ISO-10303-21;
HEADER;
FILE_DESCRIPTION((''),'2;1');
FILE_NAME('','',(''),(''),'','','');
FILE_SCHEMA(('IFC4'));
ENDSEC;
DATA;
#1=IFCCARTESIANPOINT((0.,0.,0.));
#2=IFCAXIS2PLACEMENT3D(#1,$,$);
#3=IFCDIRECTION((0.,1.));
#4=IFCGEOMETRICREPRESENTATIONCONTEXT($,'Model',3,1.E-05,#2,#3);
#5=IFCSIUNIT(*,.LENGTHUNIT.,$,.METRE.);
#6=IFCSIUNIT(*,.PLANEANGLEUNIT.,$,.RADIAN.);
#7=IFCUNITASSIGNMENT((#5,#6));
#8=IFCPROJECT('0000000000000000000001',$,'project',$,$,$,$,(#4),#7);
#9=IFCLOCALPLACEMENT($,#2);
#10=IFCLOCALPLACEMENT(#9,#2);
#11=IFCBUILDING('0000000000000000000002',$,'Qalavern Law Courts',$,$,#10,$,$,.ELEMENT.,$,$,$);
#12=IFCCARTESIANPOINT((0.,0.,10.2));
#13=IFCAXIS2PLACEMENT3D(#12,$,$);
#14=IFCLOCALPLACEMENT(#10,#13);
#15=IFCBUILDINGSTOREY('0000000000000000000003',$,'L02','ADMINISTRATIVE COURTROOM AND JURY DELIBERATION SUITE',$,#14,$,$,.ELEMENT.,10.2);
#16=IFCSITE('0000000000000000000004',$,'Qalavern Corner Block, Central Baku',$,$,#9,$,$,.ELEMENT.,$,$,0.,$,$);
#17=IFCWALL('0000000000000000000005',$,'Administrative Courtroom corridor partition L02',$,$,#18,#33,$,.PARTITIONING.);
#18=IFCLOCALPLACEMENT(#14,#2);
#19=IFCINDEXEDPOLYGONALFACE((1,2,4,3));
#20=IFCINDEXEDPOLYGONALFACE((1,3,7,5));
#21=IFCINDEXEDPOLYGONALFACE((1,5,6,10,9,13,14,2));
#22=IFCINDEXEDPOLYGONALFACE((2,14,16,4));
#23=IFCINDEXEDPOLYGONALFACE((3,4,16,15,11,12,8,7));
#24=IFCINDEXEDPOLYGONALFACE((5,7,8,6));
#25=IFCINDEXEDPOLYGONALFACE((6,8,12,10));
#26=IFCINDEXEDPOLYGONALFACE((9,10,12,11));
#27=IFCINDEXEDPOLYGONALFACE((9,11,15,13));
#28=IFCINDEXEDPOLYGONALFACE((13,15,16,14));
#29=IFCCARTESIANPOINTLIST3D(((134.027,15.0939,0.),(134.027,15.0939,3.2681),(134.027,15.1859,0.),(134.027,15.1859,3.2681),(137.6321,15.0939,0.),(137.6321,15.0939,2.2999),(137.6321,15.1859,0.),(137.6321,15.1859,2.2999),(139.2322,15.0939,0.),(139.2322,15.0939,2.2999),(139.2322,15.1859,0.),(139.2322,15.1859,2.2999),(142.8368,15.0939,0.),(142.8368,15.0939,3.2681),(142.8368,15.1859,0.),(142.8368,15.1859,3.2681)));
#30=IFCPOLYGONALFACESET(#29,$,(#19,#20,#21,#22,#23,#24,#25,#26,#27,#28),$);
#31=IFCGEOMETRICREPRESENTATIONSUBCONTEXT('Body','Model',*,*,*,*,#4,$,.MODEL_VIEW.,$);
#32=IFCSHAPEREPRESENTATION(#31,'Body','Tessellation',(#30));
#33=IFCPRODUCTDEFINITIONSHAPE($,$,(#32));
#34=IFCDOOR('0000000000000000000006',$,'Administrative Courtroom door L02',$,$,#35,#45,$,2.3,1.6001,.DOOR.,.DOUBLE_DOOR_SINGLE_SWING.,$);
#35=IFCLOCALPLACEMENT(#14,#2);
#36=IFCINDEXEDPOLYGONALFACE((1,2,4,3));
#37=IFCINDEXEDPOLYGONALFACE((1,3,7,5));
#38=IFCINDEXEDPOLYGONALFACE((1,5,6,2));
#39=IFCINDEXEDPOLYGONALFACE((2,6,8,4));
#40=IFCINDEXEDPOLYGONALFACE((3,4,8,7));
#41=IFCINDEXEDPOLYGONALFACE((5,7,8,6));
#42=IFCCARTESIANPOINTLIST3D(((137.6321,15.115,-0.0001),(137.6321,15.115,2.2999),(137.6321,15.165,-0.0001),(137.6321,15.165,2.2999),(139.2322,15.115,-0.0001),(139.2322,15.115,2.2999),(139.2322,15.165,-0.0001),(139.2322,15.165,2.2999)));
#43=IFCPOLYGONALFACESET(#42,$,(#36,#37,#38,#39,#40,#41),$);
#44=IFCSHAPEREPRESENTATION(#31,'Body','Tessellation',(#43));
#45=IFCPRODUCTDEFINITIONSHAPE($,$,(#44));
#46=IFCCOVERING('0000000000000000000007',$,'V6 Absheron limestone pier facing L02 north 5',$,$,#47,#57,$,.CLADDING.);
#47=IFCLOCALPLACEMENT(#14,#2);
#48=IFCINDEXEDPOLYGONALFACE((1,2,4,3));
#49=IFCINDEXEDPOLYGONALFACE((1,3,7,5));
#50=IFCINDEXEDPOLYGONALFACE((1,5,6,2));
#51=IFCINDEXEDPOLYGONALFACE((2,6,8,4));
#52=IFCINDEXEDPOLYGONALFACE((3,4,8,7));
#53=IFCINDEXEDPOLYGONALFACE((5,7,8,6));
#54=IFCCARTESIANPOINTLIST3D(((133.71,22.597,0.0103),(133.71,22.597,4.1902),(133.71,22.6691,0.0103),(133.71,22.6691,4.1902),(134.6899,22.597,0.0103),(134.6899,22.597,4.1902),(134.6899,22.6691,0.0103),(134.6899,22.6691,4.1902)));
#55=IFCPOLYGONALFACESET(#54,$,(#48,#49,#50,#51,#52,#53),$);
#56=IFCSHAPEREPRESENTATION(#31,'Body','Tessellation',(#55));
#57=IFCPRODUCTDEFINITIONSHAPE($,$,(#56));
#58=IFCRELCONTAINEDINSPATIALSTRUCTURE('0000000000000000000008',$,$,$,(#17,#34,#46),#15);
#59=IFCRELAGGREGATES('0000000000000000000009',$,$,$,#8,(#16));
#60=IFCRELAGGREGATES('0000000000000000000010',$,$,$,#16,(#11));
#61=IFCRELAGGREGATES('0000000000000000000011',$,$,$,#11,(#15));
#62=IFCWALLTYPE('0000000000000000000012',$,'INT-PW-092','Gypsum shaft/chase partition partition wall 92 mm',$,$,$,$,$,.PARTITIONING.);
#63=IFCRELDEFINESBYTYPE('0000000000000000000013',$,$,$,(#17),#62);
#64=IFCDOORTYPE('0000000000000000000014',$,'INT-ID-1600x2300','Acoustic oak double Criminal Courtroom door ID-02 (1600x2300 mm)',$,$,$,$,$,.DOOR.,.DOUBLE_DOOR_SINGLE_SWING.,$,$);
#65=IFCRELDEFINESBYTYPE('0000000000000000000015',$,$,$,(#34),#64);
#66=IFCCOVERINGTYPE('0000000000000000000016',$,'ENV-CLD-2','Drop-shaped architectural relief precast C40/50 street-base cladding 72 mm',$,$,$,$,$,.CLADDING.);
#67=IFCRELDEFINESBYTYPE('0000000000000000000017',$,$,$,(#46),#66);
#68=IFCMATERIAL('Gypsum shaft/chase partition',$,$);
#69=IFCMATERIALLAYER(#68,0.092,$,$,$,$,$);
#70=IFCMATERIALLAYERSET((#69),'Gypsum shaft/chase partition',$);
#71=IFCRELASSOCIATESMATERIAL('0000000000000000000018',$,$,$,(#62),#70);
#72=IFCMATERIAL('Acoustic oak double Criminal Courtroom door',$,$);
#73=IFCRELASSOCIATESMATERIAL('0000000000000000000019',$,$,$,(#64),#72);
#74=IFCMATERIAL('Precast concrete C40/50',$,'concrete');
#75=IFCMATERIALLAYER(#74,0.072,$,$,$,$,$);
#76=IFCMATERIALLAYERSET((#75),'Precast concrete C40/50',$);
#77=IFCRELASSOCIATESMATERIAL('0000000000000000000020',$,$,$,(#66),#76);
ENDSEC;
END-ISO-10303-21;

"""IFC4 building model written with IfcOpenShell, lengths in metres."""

from ifc_helpers import new_model, si_unit, direction, frame, frame_2d, origin, origin_2d, place, context, subcontext, project, spatial, rectangle, extrude, material, layer, layer_set, type_object, element, fill, save


model = new_model("IFC4")

# Units and contexts
model_context = context("Model", 3, precision=1e-05, world=origin(), true_north=direction((0.0, 1.0)))
body_context = subcontext(model_context, "Body", "Model", "MODEL_VIEW")
ifc_project = project(units=[si_unit("LENGTHUNIT", "METRE"), si_unit("PLANEANGLEUNIT", "RADIAN")], contexts=[model_context])

# Site, building, storey
site_placement = place(None, origin())
site = spatial("IfcSite", under=ifc_project, at=site_placement, Name="Qalavern Corner Block, Central Baku", CompositionType="ELEMENT", RefElevation=0.0)
building_placement = place(site_placement, origin())
building = spatial("IfcBuilding", under=site, at=building_placement, Name="Qalavern Law Courts", CompositionType="ELEMENT")
storey_placement = place(building_placement, frame((0.0, 0.0, 10.2)))
storey = spatial("IfcBuildingStorey", under=building, at=storey_placement, Name="L02", Description="ADMINISTRATIVE COURTROOM AND JURY DELIBERATION SUITE", CompositionType="ELEMENT", Elevation=10.2)

# Wall, opening, door
ifc_material_1 = material(Name="Gypsum shaft/chase partition")
ifc_layer_1 = layer(ifc_material_1, 0.092)
ifc_layer_set_1 = layer_set([ifc_layer_1], Name="Gypsum shaft/chase partition")
wall_type_1 = type_object("IfcWallType", Name="INT-PW-092", Description="Gypsum shaft/chase partition partition wall 92 mm", PredefinedType="PARTITIONING", material=ifc_layer_set_1)
wall_1_placement = place(storey_placement, frame((134.0271, 15.1399, 0.0), z_axis=(0.0, 0.0, 1.0), x_axis=(1.0, 0.0, 0.0)))
wall_1 = element("IfcWall", 1, at=wall_1_placement, inside=storey, type_object=wall_type_1, Name="Administrative Courtroom corridor partition L02", PredefinedType="PARTITIONING", context=body_context, shape_type="SweptSolid", body=[
    extrude(rectangle(XDim=8.8098, YDim=0.092, at=frame_2d((4.4048, 0.0))), origin(), (0.0, 0.0, 1.0), 3.2681),
])
opening_placement = place(wall_1_placement, frame((3.605, 0.0, 0.0)))
opening = element("IfcOpeningElement", 2, at=opening_placement, cuts=wall_1, PredefinedType="OPENING", context=body_context, shape_type="SweptSolid", body=[
    extrude(rectangle(XDim=1.6001, YDim=2.3, at=frame_2d((0.8, 1.1499))), frame((0.0, 0.061, 0.0), z_axis=(0.0, -1.0, 0.0), x_axis=(1.0, 0.0, 0.0)), (0.0, 0.0, 1.0), 0.1218),
])
ifc_material_2 = material(Name="Acoustic oak double Criminal Courtroom door")
door_type = type_object("IfcDoorType", Name="INT-ID-1600x2300", Description="Acoustic oak double Criminal Courtroom door ID-02 (1600x2300 mm)", OperationType="DOUBLE_DOOR_SINGLE_SWING", PredefinedType="DOOR", material=ifc_material_2)
door_placement = place(opening_placement, frame((1.6001, 0.0, 0.0), z_axis=(0.0, 0.0, 1.0), x_axis=(-1.0, 0.0, 0.0)))
door = element("IfcDoor", 3, at=door_placement, inside=storey, type_object=door_type, Name="Administrative Courtroom door L02", OperationType="DOUBLE_DOOR_SINGLE_SWING", OverallHeight=2.3, OverallWidth=1.6001, PredefinedType="DOOR", context=body_context, shape_type="SweptSolid", body=[
    extrude(rectangle(XDim=1.6001, YDim=2.3, at=frame_2d((0.8, 1.1499))), frame((0.0, 0.0249, 0.0), z_axis=(0.0, -1.0, 0.0), x_axis=(1.0, 0.0, 0.0)), (0.0, 0.0, 1.0), 0.05),
])
fill(opening, door)

# Covering
ifc_material_3 = material(Name="Precast concrete C40/50", Category="concrete")
ifc_layer_2 = layer(ifc_material_3, 0.072)
ifc_layer_set_2 = layer_set([ifc_layer_2], Name="Precast concrete C40/50")
covering_type = type_object("IfcCoveringType", Name="ENV-CLD-2", Description="Drop-shaped architectural relief precast C40/50 street-base cladding 72 mm", PredefinedType="CLADDING", material=ifc_layer_set_2)
covering_placement = place(storey_placement, frame((134.2, 22.6331, 0.0103), z_axis=(0.0, 0.0, 1.0), x_axis=(-1.0, 0.0, 0.0)))
element("IfcCovering", 4, at=covering_placement, inside=storey, type_object=covering_type, Name="V6 Absheron limestone pier facing L02 north 5", PredefinedType="CLADDING", context=body_context, shape_type="SweptSolid", body=[
    extrude(rectangle(XDim=0.98, YDim=0.072, at=origin_2d()), origin(), (0.0, 0.0, 1.0), 4.1799),
])

save(model, "model.ifc")
